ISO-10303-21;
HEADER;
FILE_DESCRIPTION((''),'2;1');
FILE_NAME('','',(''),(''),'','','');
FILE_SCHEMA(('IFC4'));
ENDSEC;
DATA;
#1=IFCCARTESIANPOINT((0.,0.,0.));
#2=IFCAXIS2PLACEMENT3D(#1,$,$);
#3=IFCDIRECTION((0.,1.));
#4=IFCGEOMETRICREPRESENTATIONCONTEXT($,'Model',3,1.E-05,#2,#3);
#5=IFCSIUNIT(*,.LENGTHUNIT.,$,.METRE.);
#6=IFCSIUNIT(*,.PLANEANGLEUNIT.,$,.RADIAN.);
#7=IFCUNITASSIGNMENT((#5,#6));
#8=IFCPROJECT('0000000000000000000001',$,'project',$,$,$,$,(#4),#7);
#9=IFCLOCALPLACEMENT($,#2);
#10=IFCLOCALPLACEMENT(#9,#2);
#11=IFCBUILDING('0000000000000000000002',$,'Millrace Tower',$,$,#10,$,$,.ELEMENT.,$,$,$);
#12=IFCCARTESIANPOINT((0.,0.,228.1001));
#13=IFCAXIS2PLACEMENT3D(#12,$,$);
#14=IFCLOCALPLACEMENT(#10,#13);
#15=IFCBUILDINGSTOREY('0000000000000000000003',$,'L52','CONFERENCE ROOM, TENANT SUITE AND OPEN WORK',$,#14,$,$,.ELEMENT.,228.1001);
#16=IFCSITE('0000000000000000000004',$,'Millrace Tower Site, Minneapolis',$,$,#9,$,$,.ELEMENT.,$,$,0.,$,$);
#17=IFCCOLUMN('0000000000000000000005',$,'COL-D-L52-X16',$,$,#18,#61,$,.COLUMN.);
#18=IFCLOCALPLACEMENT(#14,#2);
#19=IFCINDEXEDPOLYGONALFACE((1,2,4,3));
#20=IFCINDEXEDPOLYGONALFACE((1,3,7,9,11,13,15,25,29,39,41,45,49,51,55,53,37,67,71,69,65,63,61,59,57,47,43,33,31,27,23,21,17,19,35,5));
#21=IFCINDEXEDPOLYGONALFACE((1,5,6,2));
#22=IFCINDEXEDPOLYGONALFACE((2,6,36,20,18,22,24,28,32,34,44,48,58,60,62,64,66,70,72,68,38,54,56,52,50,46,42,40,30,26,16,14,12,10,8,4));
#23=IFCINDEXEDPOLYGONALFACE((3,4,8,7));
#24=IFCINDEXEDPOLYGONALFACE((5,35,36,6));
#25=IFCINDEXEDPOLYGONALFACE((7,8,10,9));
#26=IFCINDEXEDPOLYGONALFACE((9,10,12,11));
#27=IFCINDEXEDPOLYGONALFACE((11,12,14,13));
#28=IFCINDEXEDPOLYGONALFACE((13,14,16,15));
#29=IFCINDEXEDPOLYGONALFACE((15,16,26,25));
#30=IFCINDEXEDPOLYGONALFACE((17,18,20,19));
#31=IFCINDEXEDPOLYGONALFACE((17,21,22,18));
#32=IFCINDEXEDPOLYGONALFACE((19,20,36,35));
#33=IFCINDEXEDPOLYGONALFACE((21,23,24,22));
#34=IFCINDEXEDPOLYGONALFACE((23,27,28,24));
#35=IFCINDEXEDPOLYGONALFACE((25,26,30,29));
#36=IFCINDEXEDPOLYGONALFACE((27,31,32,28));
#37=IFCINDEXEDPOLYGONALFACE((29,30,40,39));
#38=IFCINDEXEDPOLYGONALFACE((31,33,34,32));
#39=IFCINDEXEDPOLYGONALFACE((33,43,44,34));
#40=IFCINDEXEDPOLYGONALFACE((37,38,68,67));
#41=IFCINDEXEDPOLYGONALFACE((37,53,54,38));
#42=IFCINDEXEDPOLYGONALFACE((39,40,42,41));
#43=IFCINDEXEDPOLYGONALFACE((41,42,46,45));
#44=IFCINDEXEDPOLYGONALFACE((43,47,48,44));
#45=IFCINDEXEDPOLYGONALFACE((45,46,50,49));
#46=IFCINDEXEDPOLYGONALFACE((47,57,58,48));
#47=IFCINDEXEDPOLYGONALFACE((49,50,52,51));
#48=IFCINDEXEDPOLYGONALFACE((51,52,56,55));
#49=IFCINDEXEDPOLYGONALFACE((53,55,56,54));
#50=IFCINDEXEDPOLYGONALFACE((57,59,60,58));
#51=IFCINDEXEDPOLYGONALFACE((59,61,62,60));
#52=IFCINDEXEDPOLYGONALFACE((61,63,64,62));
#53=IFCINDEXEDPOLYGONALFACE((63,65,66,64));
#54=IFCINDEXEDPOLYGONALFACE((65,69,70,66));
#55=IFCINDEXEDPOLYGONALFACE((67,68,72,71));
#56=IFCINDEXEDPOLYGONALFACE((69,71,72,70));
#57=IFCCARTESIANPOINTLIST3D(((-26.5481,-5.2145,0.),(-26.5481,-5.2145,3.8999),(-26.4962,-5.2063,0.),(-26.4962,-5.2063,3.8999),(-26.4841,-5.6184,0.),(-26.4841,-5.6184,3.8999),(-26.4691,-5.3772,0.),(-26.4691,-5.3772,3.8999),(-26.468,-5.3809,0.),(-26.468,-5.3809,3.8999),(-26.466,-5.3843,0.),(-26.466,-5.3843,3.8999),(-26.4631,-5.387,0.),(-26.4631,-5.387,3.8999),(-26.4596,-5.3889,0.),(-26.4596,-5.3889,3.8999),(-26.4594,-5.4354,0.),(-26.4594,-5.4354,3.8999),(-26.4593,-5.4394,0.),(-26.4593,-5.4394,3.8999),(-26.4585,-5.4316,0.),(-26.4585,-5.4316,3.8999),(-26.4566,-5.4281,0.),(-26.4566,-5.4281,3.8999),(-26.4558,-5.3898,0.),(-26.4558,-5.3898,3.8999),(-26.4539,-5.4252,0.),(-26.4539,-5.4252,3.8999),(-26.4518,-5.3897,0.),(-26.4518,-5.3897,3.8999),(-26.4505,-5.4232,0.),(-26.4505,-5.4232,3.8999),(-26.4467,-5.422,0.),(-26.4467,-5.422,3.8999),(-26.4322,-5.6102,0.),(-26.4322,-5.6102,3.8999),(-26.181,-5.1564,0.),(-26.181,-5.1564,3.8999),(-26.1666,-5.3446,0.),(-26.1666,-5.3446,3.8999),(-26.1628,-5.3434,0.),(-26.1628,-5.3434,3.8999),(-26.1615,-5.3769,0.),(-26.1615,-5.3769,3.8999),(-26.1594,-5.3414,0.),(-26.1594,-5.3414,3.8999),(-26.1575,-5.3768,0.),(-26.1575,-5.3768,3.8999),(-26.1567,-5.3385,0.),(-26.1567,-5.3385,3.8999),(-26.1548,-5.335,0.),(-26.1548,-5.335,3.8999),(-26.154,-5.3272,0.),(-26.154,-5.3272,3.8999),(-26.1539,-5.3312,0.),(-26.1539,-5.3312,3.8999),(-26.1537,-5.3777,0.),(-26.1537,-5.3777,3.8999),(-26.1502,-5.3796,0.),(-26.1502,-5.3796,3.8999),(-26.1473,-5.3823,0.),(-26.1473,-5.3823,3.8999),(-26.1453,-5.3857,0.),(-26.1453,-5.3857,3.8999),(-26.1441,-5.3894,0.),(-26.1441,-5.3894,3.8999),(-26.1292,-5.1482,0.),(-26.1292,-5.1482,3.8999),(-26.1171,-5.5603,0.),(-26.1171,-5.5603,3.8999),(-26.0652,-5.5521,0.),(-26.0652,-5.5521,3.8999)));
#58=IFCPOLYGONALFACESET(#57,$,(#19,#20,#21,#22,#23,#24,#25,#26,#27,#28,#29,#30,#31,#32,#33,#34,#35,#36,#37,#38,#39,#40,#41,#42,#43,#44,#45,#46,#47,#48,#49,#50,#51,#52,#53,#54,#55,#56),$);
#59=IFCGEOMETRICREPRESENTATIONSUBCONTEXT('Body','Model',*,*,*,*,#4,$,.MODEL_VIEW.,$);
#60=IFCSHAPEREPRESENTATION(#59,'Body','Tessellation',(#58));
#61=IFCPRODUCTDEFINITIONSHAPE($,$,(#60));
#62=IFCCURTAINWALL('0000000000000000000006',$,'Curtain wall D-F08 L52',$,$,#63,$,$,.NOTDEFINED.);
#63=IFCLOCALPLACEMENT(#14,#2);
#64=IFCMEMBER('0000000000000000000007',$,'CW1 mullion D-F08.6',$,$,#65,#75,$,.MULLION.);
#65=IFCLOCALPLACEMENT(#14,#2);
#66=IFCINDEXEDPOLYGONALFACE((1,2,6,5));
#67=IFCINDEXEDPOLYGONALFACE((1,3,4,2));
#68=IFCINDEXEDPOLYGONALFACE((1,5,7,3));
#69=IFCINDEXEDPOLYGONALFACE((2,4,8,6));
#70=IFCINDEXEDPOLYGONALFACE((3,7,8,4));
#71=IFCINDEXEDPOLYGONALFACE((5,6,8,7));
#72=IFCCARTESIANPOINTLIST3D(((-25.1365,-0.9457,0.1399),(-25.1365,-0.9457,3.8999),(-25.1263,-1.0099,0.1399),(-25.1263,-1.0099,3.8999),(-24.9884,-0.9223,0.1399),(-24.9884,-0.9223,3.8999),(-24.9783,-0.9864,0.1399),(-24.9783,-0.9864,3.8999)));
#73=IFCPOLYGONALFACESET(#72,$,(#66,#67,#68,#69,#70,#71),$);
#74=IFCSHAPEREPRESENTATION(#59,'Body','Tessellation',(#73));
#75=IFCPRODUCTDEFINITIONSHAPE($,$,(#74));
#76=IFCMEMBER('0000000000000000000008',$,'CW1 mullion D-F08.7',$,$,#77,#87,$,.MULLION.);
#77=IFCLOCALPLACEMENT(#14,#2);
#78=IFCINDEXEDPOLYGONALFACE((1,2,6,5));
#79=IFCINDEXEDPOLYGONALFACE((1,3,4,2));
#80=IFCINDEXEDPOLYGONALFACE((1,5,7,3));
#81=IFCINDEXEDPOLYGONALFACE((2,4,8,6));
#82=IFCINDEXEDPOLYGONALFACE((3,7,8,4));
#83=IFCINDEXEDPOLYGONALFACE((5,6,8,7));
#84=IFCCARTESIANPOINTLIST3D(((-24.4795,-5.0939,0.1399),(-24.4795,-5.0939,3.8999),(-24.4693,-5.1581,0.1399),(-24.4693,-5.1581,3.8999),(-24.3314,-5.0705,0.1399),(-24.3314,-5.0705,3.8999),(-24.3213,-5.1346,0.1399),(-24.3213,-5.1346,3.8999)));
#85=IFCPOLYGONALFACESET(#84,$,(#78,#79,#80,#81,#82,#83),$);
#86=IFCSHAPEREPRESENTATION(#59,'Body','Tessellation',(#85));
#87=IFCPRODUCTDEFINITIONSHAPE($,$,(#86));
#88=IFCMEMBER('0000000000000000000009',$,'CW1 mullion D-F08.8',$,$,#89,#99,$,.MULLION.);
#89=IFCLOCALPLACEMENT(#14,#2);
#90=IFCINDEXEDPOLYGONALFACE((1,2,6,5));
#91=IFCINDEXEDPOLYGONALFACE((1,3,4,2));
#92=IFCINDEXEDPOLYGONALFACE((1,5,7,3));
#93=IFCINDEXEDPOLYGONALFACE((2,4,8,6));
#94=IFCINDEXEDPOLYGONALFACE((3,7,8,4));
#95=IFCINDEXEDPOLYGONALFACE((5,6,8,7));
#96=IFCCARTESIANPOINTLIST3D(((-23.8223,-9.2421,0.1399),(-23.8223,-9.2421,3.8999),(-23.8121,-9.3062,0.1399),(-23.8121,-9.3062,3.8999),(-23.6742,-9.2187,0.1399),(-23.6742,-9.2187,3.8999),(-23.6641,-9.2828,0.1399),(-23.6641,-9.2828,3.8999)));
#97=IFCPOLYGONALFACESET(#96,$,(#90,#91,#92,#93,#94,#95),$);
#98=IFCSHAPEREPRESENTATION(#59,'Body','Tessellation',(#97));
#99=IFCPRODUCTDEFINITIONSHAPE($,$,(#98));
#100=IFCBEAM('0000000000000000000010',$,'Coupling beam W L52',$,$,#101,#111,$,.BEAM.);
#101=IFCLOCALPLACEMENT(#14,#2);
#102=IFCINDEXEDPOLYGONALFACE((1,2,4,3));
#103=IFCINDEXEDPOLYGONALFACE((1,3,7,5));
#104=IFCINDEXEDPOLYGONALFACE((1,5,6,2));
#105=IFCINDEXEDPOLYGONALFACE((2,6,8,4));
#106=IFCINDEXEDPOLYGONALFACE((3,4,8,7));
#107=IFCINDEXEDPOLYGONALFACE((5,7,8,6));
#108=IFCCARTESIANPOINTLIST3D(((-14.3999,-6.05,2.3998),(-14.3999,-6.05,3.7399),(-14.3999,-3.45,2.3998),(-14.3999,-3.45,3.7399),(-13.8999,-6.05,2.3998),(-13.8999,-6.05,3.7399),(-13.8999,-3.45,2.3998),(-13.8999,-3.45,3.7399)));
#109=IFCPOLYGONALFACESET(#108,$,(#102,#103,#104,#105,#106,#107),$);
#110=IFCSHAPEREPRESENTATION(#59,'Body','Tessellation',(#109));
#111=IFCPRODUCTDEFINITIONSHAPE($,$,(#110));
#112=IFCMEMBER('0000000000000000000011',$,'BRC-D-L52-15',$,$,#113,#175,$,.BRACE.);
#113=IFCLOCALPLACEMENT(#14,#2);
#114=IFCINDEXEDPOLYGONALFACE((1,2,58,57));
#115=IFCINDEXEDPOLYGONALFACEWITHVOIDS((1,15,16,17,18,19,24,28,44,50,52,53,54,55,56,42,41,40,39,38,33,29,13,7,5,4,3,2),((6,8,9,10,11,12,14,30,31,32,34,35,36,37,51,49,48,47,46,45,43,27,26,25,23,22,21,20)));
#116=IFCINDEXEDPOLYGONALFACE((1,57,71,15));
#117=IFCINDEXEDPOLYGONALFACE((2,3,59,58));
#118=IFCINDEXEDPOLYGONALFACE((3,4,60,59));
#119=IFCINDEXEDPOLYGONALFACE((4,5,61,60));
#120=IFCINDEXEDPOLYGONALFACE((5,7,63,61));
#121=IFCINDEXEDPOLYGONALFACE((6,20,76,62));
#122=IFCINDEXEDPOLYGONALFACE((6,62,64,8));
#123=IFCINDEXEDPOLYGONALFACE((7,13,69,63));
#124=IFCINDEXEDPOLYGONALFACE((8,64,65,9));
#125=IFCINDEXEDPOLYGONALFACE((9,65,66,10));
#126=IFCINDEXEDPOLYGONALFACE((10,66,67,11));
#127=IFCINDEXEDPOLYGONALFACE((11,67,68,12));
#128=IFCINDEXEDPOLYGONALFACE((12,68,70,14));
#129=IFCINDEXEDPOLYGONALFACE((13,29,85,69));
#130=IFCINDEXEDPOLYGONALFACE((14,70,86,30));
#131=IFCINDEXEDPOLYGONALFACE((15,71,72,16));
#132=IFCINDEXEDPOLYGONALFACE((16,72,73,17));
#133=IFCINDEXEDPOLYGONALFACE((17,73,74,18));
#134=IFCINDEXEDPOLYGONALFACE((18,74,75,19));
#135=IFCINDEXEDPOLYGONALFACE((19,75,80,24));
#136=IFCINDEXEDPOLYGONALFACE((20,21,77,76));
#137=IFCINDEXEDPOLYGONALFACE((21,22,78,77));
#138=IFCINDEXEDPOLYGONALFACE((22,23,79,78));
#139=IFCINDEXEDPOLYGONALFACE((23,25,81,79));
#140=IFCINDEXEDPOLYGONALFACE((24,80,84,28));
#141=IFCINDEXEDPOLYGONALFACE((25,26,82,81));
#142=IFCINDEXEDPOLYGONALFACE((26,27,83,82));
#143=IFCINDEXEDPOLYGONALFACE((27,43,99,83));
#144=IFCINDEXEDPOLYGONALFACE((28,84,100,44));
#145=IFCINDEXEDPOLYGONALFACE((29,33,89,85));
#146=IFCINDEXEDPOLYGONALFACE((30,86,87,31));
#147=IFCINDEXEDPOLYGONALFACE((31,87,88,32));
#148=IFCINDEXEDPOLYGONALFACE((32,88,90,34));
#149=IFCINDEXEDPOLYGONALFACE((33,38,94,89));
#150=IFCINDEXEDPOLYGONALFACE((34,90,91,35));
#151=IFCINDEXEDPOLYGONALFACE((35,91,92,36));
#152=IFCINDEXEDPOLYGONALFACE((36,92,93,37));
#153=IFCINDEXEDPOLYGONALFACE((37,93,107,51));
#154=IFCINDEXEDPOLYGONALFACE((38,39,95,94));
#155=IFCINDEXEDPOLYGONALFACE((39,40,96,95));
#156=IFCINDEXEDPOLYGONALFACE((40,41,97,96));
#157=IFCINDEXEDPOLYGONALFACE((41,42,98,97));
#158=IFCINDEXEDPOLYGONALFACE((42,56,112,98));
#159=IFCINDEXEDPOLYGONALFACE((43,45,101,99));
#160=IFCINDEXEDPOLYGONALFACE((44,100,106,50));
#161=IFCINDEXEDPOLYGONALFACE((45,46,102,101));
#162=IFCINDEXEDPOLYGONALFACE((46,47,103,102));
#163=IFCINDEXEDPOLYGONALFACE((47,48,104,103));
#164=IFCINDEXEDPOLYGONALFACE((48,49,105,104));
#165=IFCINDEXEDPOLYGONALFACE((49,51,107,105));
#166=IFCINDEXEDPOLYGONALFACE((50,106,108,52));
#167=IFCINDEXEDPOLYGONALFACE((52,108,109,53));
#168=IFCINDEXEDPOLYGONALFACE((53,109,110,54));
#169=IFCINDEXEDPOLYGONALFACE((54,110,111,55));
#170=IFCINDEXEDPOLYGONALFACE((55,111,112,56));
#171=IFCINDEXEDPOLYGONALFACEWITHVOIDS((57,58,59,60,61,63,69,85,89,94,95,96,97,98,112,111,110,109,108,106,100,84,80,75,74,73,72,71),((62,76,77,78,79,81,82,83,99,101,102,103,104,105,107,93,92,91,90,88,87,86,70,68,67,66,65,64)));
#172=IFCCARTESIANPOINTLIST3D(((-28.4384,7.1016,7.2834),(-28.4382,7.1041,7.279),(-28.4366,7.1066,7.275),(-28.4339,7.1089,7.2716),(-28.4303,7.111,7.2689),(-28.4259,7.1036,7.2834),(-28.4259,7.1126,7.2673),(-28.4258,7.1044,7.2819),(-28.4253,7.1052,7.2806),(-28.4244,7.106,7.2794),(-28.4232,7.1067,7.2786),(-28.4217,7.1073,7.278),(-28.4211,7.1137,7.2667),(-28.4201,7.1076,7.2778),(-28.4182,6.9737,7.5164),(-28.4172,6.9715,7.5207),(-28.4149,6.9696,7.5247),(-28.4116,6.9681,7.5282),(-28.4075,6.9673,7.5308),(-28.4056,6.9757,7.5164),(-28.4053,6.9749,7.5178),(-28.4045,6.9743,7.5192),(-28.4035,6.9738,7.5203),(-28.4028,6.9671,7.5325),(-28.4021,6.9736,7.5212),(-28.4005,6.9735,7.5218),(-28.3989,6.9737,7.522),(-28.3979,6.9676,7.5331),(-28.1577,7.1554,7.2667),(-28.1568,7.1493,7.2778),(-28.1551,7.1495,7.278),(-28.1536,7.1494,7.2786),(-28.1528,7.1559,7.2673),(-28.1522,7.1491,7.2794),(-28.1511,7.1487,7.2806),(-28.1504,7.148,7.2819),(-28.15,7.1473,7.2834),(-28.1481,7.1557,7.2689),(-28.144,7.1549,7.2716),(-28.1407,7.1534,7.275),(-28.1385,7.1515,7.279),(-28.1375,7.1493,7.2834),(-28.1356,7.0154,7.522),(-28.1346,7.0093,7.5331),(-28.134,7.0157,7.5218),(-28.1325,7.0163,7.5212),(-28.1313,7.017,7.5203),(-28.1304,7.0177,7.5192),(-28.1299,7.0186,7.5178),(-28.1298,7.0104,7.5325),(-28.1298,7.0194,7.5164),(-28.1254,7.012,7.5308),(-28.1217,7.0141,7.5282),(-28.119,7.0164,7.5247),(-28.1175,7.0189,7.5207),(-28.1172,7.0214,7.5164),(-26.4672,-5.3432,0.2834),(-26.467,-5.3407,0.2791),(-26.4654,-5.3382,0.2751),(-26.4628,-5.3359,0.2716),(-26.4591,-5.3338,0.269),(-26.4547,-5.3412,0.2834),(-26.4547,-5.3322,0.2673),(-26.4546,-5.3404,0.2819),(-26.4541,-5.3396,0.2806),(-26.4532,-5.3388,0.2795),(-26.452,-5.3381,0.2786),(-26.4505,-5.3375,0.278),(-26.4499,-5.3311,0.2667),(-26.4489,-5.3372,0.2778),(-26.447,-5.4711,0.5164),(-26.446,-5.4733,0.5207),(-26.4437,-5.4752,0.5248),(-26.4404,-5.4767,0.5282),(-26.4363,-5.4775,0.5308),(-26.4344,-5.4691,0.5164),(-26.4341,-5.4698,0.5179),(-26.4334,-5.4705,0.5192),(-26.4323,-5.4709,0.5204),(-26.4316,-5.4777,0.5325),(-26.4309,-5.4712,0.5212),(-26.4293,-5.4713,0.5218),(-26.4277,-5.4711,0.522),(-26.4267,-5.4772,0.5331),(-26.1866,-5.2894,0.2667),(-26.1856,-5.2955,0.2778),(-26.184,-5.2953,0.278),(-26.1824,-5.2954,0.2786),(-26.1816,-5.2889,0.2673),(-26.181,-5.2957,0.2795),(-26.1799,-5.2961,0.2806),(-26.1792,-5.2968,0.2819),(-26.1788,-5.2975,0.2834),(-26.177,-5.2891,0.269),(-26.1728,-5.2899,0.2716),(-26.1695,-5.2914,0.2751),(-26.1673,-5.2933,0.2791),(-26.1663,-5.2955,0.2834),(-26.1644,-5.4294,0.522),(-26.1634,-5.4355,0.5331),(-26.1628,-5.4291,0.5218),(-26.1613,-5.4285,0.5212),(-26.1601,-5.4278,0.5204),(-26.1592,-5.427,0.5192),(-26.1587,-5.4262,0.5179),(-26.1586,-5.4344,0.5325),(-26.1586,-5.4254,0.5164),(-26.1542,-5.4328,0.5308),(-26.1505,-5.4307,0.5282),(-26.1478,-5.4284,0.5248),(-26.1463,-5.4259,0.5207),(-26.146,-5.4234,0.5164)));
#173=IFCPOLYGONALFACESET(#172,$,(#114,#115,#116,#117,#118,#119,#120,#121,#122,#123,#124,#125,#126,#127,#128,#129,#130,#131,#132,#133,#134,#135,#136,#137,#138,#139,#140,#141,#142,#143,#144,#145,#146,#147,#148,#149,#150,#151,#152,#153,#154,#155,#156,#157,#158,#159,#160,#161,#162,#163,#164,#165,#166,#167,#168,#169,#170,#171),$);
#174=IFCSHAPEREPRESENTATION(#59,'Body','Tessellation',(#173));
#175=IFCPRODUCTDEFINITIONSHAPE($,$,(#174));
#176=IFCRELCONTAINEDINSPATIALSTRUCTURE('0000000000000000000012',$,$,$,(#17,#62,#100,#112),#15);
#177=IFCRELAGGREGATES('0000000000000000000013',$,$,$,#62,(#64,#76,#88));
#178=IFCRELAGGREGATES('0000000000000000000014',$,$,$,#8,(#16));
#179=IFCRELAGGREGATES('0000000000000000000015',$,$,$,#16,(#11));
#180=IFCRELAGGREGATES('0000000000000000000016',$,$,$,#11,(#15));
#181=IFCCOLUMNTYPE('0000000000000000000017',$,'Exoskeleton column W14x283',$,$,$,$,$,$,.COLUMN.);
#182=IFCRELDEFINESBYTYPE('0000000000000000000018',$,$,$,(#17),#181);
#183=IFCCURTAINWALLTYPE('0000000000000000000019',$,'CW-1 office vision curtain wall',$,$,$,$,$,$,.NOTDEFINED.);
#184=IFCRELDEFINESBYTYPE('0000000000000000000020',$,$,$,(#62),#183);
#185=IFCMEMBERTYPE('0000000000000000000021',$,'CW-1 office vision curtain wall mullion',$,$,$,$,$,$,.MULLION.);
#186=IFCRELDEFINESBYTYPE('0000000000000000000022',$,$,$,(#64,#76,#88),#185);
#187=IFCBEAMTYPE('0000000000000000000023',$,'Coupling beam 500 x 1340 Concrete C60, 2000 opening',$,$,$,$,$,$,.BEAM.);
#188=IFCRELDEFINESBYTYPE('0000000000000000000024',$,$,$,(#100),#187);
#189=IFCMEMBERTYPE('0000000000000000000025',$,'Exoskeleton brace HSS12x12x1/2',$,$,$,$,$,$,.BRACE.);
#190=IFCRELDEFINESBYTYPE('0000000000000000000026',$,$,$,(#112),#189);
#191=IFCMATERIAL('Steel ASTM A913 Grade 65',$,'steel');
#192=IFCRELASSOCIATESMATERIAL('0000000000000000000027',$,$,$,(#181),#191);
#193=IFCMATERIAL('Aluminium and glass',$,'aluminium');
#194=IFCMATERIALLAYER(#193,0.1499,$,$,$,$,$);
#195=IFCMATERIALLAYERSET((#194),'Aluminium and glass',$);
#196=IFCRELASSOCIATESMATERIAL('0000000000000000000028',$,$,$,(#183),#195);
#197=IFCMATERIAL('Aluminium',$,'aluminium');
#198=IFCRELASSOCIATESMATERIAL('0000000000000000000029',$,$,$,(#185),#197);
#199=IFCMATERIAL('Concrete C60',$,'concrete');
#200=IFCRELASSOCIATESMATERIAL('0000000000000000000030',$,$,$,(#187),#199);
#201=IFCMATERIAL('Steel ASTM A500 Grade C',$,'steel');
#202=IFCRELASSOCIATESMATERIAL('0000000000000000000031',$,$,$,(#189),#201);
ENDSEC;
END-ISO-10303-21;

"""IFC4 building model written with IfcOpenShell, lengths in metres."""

from ifc_helpers import new_model, si_unit, direction, frame, origin, origin_2d, place, context, subcontext, project, spatial, rectangle, hollow_rectangle, i_section, extrude, material, layer, layer_set, material_profile, profile_set, type_object, element, aggregate, save


model = new_model("IFC4")

# Units and contexts
model_context = context("Model", 3, precision=1e-05, world=origin(), true_north=direction((0.0, 1.0)))
body_context = subcontext(model_context, "Body", "Model", "MODEL_VIEW")
ifc_project = project(units=[si_unit("LENGTHUNIT", "METRE"), si_unit("PLANEANGLEUNIT", "RADIAN")], contexts=[model_context])

# Site, building, storey
site_placement = place(None, origin())
site = spatial("IfcSite", under=ifc_project, at=site_placement, Name="Millrace Tower Site, Minneapolis", CompositionType="ELEMENT", RefElevation=0.0)
building_placement = place(site_placement, origin())
building = spatial("IfcBuilding", under=site, at=building_placement, Name="Millrace Tower", CompositionType="ELEMENT")
storey_placement = place(building_placement, frame((0.0, 0.0, 228.1001)))
storey = spatial("IfcBuildingStorey", under=building, at=storey_placement, Name="L52", Description="CONFERENCE ROOM, TENANT SUITE AND OPEN WORK", CompositionType="ELEMENT", Elevation=228.1001)

# Column
ifc_material_1 = material(Name="Steel ASTM A913 Grade 65", Category="steel")
ifc_material_profile_1 = material_profile(ifc_material_1, i_section(OverallWidth=0.4089, OverallDepth=0.4241, WebThickness=0.0327, FlangeThickness=0.0525, FilletRadius=0.0151, at=origin_2d()))
ifc_profile_set_1 = profile_set([ifc_material_profile_1], Name="Steel ASTM A913 Grade 65")
column_type = type_object("IfcColumnType", Name="Exoskeleton column W14x283", PredefinedType="COLUMN", material=ifc_profile_set_1)
column_placement = place(storey_placement, frame((-26.3066, -5.3833, 0.0), z_axis=(0.0, 0.0, 1.0), x_axis=(0.156434, -0.987688, 0.0)))
element("IfcColumn", 1, at=column_placement, inside=storey, type_object=column_type, Name="COL-D-L52-X16", PredefinedType="COLUMN", context=body_context, shape_type="SweptSolid", body=[
    extrude(i_section(OverallWidth=0.4089, OverallDepth=0.4241, WebThickness=0.0327, FlangeThickness=0.0525, FilletRadius=0.0151, at=origin_2d()), origin(), (0.0, 0.0, 1.0), 3.8999),
])

# Curtain wall, members
ifc_material_2 = material(Name="Aluminium and glass", Category="aluminium")
ifc_layer_1 = layer(ifc_material_2, 0.1499)
ifc_layer_set_1 = layer_set([ifc_layer_1], Name="Aluminium and glass")
curtain_wall_type = type_object("IfcCurtainWallType", Name="CW-1 office vision curtain wall", PredefinedType="NOTDEFINED", material=ifc_layer_set_1)
curtain_wall_placement = place(storey_placement, origin())
curtain_wall = element("IfcCurtainWall", 2, at=curtain_wall_placement, inside=storey, type_object=curtain_wall_type, Name="Curtain wall D-F08 L52", PredefinedType="NOTDEFINED")
ifc_material_3 = material(Name="Aluminium", Category="aluminium")
ifc_material_profile_2 = material_profile(ifc_material_3, rectangle(XDim=0.0649, YDim=0.1499, at=origin_2d()))
ifc_profile_set_2 = profile_set([ifc_material_profile_2], Name="Aluminium")
member_type_1 = type_object("IfcMemberType", Name="CW-1 office vision curtain wall mullion", PredefinedType="MULLION", material=ifc_profile_set_2)
member_1_placement = place(storey_placement, frame((-25.0574, -0.9661, 0.1399), z_axis=(0.0, 0.0, 1.0), x_axis=(0.156434, -0.987688, 0.0)))
member_1 = element("IfcMember", 3, at=member_1_placement, type_object=member_type_1, Name="CW1 mullion D-F08.6", PredefinedType="MULLION", context=body_context, shape_type="SweptSolid", body=[
    extrude(rectangle(XDim=0.0649, YDim=0.1499, at=origin_2d()), origin(), (0.0, 0.0, 1.0), 3.76),
])
member_2_placement = place(storey_placement, frame((-24.4004, -5.1143, 0.1399), z_axis=(0.0, 0.0, 1.0), x_axis=(0.156434, -0.987688, 0.0)))
member_2 = element("IfcMember", 4, at=member_2_placement, type_object=member_type_1, Name="CW1 mullion D-F08.7", PredefinedType="MULLION", context=body_context, shape_type="SweptSolid", body=[
    extrude(rectangle(XDim=0.0649, YDim=0.1499, at=origin_2d()), origin(), (0.0, 0.0, 1.0), 3.76),
])
member_3_placement = place(storey_placement, frame((-23.7432, -9.2625, 0.1399), z_axis=(0.0, 0.0, 1.0), x_axis=(0.156434, -0.987688, 0.0)))
member_3 = element("IfcMember", 5, at=member_3_placement, type_object=member_type_1, Name="CW1 mullion D-F08.8", PredefinedType="MULLION", context=body_context, shape_type="SweptSolid", body=[
    extrude(rectangle(XDim=0.0649, YDim=0.1499, at=origin_2d()), origin(), (0.0, 0.0, 1.0), 3.76),
])
aggregate(curtain_wall, [member_1, member_2, member_3])

# Beam
ifc_material_4 = material(Name="Concrete C60", Category="concrete")
ifc_material_profile_3 = material_profile(ifc_material_4, rectangle(XDim=0.5, YDim=1.3401, at=origin_2d()))
ifc_profile_set_3 = profile_set([ifc_material_profile_3], Name="Concrete C60")
beam_type_1 = type_object("IfcBeamType", Name="Coupling beam 500 x 1340 Concrete C60, 2000 opening", PredefinedType="BEAM", material=ifc_profile_set_3)
beam_1_placement = place(storey_placement, frame((-14.1499, -6.05, 3.0698), z_axis=(0.0, 1.0, 0.0), x_axis=(-1.0, 0.0, 0.0)))
element("IfcBeam", 6, at=beam_1_placement, inside=storey, type_object=beam_type_1, Name="Coupling beam W L52", PredefinedType="BEAM", context=body_context, shape_type="SweptSolid", body=[
    extrude(rectangle(XDim=0.5, YDim=1.3401, at=origin_2d()), origin(), (0.0, 0.0, 1.0), 2.6001),
])

# Member
ifc_material_5 = material(Name="Steel ASTM A500 Grade C", Category="steel")
ifc_material_profile_4 = material_profile(ifc_material_5, hollow_rectangle(XDim=0.3047, YDim=0.3047, WallThickness=0.0127, InnerFilletRadius=0.0063, OuterFilletRadius=0.019, at=origin_2d()))
ifc_profile_set_4 = profile_set([ifc_material_profile_4], Name="Steel ASTM A500 Grade C")
member_type_2 = type_object("IfcMemberType", Name="Exoskeleton brace HSS12x12x1/2", PredefinedType="BRACE", material=ifc_profile_set_4)
member_4_placement = place(storey_placement, frame((-26.3066, -5.3833, 0.3999), z_axis=(-0.136757, 0.863393, 0.485644), x_axis=(-0.987687, -0.156444, 0.0)))
element("IfcMember", 7, at=member_4_placement, inside=storey, type_object=member_type_2, Name="BRC-D-L52-15", PredefinedType="BRACE", context=body_context, shape_type="SweptSolid", body=[
    extrude(hollow_rectangle(XDim=0.3047, YDim=0.3047, WallThickness=0.0127, InnerFilletRadius=0.0063, OuterFilletRadius=0.019, at=origin_2d()), origin(), (0.0, 0.0, 1.0), 14.4138),
])

save(model, "model.ifc")
